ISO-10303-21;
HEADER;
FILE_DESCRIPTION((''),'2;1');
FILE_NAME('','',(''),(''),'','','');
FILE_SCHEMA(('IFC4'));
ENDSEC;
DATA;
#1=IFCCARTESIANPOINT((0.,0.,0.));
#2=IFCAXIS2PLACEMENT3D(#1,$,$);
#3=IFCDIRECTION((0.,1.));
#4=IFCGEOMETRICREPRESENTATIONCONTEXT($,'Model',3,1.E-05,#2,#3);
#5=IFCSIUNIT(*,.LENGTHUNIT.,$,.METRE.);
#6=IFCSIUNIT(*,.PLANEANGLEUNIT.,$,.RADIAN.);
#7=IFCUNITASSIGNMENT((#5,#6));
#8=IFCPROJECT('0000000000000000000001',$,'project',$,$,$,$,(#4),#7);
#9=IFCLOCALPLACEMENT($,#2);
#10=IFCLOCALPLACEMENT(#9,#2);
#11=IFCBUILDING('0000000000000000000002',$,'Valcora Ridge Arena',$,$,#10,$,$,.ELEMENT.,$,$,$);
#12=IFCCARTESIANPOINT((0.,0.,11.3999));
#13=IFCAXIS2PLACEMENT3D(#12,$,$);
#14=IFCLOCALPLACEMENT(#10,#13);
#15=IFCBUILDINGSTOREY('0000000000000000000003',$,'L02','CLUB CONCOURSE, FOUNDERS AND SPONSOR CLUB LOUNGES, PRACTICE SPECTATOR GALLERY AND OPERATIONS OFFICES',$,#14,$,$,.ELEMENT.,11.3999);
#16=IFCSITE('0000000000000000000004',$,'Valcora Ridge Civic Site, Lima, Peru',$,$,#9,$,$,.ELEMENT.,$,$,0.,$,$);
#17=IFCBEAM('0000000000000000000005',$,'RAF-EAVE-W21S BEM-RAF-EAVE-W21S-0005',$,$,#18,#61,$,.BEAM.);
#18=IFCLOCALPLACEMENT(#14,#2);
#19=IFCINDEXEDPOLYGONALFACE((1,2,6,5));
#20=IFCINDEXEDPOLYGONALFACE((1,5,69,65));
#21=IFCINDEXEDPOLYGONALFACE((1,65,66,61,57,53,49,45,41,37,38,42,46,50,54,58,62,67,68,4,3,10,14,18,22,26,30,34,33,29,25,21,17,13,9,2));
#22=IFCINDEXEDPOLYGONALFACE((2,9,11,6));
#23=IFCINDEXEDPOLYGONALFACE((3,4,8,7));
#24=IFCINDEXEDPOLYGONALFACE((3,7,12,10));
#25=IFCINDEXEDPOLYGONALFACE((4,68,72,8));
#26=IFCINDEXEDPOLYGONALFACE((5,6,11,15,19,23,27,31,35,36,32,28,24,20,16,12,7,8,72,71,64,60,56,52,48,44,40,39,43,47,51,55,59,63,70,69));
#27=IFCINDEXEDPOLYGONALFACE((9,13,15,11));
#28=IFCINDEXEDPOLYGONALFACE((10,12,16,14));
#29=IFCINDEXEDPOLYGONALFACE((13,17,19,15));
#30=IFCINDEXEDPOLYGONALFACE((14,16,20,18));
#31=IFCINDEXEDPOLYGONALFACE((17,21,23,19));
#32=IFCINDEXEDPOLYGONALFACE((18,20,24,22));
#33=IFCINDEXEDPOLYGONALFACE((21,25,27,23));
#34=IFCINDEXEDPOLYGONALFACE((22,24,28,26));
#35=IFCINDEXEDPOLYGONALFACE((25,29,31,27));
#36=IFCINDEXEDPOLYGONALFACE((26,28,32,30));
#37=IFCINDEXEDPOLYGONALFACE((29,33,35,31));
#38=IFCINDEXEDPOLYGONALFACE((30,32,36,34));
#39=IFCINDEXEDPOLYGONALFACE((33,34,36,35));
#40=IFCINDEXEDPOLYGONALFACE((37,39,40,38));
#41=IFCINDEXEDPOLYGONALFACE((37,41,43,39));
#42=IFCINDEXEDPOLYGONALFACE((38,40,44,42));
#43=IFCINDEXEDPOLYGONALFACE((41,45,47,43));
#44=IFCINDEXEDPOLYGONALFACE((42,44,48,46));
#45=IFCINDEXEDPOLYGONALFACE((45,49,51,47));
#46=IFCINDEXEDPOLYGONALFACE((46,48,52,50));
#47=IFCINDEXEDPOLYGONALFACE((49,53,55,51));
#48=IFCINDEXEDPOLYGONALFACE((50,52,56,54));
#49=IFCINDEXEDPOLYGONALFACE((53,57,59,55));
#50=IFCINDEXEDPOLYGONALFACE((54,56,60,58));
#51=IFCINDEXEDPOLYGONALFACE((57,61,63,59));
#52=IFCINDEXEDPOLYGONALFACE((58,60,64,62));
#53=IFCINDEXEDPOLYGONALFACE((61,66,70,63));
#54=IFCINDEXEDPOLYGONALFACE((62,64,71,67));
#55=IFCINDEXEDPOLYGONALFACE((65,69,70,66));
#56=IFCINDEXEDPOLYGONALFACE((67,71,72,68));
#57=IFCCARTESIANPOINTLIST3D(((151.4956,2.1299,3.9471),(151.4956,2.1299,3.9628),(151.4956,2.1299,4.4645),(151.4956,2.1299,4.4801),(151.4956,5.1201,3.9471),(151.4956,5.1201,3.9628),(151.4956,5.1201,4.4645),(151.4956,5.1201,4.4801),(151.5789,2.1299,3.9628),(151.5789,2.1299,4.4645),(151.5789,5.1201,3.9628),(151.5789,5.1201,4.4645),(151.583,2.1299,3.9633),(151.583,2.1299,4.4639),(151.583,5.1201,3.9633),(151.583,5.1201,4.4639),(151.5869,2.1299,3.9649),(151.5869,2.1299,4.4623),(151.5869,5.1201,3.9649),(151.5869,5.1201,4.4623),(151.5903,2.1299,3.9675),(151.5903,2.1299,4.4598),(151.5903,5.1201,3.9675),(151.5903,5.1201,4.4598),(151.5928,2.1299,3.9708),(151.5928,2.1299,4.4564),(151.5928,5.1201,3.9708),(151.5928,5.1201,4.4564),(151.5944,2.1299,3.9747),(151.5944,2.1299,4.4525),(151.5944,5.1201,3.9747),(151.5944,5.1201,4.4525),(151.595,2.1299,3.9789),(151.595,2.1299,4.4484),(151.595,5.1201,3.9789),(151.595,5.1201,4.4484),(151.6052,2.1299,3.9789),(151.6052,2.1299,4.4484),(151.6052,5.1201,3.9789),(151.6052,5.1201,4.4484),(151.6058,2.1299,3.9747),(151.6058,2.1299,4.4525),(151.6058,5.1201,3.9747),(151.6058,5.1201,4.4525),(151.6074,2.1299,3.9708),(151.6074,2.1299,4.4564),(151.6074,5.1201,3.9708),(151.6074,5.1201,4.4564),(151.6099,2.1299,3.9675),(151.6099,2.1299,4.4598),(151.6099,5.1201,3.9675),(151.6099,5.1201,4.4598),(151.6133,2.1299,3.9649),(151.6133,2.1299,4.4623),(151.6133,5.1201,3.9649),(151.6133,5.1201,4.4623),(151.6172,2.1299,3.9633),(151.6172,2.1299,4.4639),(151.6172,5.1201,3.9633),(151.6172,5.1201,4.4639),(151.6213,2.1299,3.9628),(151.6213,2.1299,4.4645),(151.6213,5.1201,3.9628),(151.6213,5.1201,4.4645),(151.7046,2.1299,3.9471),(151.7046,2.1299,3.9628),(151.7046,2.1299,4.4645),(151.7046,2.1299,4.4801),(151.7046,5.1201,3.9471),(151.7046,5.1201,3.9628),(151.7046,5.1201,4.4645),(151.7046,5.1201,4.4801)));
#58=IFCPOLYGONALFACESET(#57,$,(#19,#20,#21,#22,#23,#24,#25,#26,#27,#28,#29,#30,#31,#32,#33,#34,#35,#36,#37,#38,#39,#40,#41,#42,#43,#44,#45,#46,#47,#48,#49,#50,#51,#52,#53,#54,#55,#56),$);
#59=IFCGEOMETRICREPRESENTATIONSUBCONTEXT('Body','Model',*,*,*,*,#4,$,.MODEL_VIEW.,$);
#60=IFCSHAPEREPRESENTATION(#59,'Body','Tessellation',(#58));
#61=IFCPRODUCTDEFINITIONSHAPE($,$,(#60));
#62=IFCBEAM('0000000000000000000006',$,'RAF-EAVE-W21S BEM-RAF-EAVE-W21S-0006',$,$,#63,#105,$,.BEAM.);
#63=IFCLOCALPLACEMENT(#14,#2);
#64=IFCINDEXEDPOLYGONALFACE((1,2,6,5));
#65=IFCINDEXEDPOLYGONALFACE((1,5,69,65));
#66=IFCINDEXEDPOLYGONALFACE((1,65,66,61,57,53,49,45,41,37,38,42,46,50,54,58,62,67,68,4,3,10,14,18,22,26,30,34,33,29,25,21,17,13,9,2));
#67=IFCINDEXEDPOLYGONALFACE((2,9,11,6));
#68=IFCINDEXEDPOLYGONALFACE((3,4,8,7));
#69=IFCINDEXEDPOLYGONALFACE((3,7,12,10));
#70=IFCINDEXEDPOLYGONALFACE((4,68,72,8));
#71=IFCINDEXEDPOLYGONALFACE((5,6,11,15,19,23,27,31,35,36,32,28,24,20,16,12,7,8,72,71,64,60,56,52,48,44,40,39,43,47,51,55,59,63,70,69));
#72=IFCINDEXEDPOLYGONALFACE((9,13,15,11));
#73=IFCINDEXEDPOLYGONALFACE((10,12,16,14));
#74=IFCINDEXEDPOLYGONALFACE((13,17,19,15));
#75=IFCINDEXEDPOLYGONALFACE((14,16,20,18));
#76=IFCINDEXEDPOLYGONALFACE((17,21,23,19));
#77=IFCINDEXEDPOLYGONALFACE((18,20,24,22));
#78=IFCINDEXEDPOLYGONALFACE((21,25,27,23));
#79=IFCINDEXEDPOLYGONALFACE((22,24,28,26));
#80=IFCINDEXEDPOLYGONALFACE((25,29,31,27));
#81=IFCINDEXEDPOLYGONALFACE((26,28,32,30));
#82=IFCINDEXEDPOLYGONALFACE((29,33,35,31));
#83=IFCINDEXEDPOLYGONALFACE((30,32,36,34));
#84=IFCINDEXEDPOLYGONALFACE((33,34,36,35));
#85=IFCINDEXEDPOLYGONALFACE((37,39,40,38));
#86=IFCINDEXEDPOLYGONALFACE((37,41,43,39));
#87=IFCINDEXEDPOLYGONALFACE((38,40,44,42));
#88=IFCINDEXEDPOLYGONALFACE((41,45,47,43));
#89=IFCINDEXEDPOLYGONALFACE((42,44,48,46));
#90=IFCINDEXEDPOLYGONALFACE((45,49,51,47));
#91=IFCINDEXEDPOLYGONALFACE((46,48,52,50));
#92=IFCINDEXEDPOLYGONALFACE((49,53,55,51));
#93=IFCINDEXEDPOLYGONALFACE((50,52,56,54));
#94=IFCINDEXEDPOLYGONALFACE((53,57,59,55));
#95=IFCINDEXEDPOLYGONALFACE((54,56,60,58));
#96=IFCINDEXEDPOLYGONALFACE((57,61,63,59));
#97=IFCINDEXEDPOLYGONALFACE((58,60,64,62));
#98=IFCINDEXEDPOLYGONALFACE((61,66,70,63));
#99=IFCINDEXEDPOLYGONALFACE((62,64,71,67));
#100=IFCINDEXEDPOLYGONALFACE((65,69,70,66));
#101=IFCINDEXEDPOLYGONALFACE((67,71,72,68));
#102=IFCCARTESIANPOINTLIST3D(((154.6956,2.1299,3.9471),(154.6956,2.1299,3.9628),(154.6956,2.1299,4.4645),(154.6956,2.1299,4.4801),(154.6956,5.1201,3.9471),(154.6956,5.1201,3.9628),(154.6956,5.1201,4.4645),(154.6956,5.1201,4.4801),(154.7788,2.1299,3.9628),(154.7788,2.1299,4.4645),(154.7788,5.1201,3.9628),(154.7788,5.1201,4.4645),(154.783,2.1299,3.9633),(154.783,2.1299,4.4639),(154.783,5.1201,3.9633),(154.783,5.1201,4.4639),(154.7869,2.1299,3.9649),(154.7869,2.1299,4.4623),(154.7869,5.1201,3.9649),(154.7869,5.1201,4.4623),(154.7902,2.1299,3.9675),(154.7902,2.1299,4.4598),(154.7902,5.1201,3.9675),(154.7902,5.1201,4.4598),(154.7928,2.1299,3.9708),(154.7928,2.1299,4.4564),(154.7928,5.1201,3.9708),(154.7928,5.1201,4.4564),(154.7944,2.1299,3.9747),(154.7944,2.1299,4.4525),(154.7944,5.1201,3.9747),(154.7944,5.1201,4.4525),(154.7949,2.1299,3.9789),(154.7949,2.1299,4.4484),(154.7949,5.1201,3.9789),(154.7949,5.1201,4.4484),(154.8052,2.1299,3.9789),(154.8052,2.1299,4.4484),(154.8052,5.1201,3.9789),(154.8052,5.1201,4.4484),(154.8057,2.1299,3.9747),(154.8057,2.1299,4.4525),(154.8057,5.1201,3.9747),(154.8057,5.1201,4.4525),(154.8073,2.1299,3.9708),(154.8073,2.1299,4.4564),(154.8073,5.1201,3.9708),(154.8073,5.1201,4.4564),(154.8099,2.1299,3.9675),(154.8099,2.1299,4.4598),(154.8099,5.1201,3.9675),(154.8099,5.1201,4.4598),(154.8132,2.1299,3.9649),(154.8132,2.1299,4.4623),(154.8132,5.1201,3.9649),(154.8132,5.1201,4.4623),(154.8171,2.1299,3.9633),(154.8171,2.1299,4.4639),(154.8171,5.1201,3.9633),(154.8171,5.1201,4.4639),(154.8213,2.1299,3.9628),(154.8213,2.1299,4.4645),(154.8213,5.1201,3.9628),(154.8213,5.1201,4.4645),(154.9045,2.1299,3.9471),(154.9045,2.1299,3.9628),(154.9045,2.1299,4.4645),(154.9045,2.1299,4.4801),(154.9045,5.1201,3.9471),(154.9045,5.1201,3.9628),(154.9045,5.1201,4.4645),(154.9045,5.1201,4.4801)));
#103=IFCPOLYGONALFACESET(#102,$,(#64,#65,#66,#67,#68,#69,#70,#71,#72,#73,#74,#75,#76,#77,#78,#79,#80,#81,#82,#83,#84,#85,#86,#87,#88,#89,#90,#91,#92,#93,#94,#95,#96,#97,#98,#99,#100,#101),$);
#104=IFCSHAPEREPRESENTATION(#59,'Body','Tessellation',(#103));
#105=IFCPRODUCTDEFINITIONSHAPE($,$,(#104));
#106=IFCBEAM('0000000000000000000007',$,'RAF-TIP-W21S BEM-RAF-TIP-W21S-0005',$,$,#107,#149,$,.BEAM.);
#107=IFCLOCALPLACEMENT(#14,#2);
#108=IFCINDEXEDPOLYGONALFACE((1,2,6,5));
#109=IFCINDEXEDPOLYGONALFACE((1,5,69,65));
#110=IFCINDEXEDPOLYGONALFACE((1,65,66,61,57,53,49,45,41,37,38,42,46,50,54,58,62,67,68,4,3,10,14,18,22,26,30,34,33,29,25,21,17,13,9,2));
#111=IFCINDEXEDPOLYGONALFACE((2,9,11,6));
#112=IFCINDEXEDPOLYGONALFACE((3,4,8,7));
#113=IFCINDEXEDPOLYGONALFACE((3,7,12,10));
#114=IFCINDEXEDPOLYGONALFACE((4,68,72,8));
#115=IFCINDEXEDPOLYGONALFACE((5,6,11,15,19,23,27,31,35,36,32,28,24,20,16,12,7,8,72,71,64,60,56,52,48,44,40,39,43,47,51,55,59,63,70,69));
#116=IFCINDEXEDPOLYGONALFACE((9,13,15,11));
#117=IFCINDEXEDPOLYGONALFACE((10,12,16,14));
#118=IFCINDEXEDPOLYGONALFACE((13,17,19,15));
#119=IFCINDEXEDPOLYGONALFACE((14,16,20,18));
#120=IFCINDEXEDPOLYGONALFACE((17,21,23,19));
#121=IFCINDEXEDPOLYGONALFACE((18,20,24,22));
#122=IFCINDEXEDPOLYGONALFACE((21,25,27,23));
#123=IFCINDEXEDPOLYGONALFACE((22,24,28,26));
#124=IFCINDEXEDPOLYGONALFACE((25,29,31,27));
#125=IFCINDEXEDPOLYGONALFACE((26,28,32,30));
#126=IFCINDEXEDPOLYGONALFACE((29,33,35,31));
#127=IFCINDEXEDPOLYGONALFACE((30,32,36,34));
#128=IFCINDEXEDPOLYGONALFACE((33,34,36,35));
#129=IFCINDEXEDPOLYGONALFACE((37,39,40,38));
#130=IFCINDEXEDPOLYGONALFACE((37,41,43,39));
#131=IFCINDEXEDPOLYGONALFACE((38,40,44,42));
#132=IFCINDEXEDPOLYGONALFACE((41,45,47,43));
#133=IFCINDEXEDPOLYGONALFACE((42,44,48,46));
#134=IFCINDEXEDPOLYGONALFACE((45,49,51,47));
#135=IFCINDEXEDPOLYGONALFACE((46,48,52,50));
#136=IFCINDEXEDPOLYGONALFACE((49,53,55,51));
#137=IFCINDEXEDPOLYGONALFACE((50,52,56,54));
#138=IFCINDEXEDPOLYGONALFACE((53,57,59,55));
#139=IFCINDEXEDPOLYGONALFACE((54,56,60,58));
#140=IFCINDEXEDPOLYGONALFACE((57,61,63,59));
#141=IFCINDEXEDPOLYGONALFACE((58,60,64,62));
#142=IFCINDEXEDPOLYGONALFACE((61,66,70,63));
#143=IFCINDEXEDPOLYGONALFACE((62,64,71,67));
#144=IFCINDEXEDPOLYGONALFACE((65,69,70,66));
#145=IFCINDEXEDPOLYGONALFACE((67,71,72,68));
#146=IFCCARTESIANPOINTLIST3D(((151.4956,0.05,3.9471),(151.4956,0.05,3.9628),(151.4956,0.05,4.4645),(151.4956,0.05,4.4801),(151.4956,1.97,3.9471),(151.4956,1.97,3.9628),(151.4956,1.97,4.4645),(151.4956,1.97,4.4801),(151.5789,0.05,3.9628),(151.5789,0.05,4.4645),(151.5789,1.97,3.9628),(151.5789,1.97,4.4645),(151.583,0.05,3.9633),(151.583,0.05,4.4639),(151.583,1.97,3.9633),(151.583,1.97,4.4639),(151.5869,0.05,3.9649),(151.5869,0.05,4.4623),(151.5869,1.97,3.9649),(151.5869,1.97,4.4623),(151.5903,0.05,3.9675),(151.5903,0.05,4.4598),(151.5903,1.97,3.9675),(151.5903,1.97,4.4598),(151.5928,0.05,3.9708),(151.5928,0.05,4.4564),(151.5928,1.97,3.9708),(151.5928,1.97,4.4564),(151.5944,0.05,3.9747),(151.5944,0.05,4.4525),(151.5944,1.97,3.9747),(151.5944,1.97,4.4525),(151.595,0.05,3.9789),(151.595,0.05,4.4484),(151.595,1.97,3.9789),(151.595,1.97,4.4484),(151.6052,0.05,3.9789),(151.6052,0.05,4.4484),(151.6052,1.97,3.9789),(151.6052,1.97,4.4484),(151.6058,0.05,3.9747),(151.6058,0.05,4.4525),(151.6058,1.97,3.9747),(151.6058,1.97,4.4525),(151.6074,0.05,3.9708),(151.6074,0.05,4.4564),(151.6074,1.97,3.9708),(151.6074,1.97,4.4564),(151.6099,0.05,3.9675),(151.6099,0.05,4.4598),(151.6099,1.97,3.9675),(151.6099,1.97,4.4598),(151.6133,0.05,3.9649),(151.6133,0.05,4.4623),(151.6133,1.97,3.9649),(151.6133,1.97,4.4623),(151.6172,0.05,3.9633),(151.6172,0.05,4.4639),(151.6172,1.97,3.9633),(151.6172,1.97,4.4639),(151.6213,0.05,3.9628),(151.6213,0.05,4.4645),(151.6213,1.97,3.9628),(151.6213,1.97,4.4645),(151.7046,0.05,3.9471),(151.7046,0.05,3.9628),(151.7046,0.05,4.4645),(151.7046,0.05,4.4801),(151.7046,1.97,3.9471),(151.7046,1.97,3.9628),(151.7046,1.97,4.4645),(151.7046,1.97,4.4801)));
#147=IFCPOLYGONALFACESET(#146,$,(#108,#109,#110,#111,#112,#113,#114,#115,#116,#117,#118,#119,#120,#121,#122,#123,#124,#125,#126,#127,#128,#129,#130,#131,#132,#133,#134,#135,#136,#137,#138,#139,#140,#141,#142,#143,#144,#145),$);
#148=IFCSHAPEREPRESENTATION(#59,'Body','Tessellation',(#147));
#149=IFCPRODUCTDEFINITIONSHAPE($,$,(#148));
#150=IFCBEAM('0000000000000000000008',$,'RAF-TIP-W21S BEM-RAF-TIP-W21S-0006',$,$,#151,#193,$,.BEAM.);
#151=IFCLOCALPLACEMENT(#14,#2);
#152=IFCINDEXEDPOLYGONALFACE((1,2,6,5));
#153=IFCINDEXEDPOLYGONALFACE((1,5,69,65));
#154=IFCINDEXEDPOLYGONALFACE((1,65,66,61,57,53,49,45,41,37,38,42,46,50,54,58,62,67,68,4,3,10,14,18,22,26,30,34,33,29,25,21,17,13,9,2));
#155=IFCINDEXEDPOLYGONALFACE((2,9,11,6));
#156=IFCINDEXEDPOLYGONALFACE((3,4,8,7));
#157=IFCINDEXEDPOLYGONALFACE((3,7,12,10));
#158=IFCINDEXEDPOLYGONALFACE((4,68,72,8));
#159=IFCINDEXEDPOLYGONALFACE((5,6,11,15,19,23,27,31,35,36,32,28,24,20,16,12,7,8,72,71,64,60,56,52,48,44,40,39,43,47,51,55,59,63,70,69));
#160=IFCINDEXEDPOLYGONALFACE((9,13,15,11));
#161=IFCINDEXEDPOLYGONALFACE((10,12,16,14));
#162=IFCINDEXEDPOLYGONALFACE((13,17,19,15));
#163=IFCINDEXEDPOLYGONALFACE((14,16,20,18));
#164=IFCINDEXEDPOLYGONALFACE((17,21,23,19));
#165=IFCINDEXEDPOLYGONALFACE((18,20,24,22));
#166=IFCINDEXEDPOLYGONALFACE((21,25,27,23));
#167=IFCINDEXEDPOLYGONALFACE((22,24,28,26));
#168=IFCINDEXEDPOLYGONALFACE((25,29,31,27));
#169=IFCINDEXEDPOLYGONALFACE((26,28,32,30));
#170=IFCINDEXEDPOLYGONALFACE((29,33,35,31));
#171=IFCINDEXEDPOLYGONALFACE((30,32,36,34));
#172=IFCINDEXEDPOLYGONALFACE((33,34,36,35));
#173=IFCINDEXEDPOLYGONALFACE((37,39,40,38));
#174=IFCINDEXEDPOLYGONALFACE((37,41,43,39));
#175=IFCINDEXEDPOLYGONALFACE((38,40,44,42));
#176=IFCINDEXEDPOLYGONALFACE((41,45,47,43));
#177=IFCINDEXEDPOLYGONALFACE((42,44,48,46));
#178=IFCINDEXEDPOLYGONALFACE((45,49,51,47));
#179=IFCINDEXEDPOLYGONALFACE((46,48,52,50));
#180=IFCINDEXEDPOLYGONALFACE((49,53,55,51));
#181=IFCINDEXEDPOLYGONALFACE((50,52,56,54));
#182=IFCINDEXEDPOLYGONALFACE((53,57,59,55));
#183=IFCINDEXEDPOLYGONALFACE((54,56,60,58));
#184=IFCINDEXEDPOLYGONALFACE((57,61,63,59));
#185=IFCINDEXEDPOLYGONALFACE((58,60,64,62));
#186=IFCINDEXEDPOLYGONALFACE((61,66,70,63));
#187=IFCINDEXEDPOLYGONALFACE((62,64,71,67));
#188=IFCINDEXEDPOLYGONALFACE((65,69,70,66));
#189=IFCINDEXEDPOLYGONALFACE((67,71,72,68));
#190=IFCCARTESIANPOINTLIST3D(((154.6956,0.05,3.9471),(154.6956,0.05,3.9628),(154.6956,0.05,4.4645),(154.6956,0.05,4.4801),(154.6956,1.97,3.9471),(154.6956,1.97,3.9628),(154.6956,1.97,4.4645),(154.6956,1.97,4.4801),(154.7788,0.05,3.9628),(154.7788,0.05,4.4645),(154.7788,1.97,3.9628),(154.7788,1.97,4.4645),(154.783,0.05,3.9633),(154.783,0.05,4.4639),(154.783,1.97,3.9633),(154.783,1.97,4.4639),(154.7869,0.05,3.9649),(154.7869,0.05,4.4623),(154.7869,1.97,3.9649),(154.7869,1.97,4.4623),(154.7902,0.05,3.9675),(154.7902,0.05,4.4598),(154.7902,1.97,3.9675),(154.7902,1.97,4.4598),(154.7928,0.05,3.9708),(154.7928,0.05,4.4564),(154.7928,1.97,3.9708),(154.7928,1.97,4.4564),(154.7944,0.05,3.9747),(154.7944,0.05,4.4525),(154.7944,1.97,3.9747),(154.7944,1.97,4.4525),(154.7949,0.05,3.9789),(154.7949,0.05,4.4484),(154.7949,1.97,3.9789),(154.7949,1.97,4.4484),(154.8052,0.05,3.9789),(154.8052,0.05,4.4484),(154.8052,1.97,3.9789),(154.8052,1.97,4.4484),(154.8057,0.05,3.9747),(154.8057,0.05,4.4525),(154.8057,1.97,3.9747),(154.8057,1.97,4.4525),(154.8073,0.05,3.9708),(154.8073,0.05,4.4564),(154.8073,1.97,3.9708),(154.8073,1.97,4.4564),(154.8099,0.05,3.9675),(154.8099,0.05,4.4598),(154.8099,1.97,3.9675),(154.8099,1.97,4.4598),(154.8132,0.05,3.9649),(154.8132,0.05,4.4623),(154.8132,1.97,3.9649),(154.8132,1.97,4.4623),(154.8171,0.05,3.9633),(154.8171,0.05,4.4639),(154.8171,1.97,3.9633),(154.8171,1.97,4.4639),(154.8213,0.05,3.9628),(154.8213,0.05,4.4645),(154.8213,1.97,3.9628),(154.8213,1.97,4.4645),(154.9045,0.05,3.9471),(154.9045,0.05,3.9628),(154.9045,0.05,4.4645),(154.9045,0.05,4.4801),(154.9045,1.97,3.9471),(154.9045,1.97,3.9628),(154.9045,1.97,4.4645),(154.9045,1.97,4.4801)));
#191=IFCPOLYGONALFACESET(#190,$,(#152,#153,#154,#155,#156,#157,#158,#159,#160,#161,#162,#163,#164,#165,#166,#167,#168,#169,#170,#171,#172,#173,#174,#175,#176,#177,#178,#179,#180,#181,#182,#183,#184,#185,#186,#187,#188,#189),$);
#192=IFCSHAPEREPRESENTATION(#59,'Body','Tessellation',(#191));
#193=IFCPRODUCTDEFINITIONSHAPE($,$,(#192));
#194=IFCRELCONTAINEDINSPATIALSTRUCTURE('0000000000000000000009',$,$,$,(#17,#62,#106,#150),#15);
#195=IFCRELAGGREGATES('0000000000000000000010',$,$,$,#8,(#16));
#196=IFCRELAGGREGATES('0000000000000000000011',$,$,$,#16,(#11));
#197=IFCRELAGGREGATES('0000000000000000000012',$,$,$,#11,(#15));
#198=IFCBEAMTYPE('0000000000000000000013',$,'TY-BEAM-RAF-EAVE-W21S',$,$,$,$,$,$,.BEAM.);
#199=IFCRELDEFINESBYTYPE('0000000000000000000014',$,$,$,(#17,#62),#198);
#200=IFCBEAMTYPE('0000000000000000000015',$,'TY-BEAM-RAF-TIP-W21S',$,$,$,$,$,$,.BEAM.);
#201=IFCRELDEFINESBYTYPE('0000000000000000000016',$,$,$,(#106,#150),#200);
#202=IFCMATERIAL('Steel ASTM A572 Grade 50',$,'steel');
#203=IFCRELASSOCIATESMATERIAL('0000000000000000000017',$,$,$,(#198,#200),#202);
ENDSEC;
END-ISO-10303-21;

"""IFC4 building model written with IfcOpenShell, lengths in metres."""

from ifc_helpers import new_model, si_unit, direction, frame, origin, origin_2d, place, context, subcontext, project, spatial, i_section, extrude, material, material_profile, profile_set, type_object, element, save


model = new_model("IFC4")

# Units and contexts
model_context = context("Model", 3, precision=1e-05, world=origin(), true_north=direction((0.0, 1.0)))
body_context = subcontext(model_context, "Body", "Model", "MODEL_VIEW")
ifc_project = project(units=[si_unit("LENGTHUNIT", "METRE"), si_unit("PLANEANGLEUNIT", "RADIAN")], contexts=[model_context])

# Site, building, storey
site_placement = place(None, origin())
site = spatial("IfcSite", under=ifc_project, at=site_placement, Name="Valcora Ridge Civic Site, Lima, Peru", CompositionType="ELEMENT", RefElevation=0.0)
building_placement = place(site_placement, origin())
building = spatial("IfcBuilding", under=site, at=building_placement, Name="Valcora Ridge Arena", CompositionType="ELEMENT")
storey_placement = place(building_placement, frame((0.0, 0.0, 11.3999)))
storey = spatial("IfcBuildingStorey", under=building, at=storey_placement, Name="L02", Description="CLUB CONCOURSE, FOUNDERS AND SPONSOR CLUB LOUNGES, PRACTICE SPECTATOR GALLERY AND OPERATIONS OFFICES", CompositionType="ELEMENT", Elevation=11.3999)

# Beams
ifc_material_1 = material(Name="Steel ASTM A572 Grade 50", Category="steel")
ifc_material_profile_1 = material_profile(ifc_material_1, i_section(OverallWidth=0.209, OverallDepth=0.533, WebThickness=0.0103, FlangeThickness=0.0156, FilletRadius=0.0161, at=origin_2d()), Name="W21X62")
ifc_profile_set_1 = profile_set([ifc_material_profile_1], Name="Steel ASTM A572 Grade 50")
beam_type_1 = type_object("IfcBeamType", Name="TY-BEAM-RAF-EAVE-W21S", PredefinedType="BEAM", material=ifc_profile_set_1)
for number, where, z_axis, x_axis, name in (
    (1, (151.6001, 2.1299, 4.2136), (0.0, 1.0, 0.0), (-1.0, 0.0, 0.0), "RAF-EAVE-W21S BEM-RAF-EAVE-W21S-0005"),
    (2, (154.8, 2.1299, 4.2136), (0.0, 1.0, 0.0), (-1.0, 0.0, 0.0), "RAF-EAVE-W21S BEM-RAF-EAVE-W21S-0006"),
):
    element("IfcBeam", number, at=place(storey_placement, frame(where, z_axis=z_axis, x_axis=x_axis)), inside=storey, type_object=beam_type_1, Name=name, PredefinedType="BEAM", context=body_context, shape_type="SweptSolid", body=[
        extrude(i_section(OverallWidth=0.209, OverallDepth=0.533, WebThickness=0.0103, FlangeThickness=0.0156, FilletRadius=0.0161, at=origin_2d()), origin(), (0.0, 0.0, 1.0), 2.9902),
    ])
ifc_material_profile_2 = material_profile(ifc_material_1, i_section(OverallWidth=0.209, OverallDepth=0.533, WebThickness=0.0103, FlangeThickness=0.0156, FilletRadius=0.0161, at=origin_2d()), Name="W21X62")
ifc_profile_set_2 = profile_set([ifc_material_profile_2], Name="Steel ASTM A572 Grade 50")
beam_type_2 = type_object("IfcBeamType", Name="TY-BEAM-RAF-TIP-W21S", PredefinedType="BEAM", material=ifc_profile_set_2)
for number, where, z_axis, x_axis, name in (
    (3, (151.6001, 0.05, 4.2136), (0.0, 1.0, 0.0), (-1.0, 0.0, 0.0), "RAF-TIP-W21S BEM-RAF-TIP-W21S-0005"),
    (4, (154.8, 0.05, 4.2136), (0.0, 1.0, 0.0), (-1.0, 0.0, 0.0), "RAF-TIP-W21S BEM-RAF-TIP-W21S-0006"),
):
    element("IfcBeam", number, at=place(storey_placement, frame(where, z_axis=z_axis, x_axis=x_axis)), inside=storey, type_object=beam_type_2, Name=name, PredefinedType="BEAM", context=body_context, shape_type="SweptSolid", body=[
        extrude(i_section(OverallWidth=0.209, OverallDepth=0.533, WebThickness=0.0103, FlangeThickness=0.0156, FilletRadius=0.0161, at=origin_2d()), origin(), (0.0, 0.0, 1.0), 1.9199),
    ])

save(model, "model.ifc")
